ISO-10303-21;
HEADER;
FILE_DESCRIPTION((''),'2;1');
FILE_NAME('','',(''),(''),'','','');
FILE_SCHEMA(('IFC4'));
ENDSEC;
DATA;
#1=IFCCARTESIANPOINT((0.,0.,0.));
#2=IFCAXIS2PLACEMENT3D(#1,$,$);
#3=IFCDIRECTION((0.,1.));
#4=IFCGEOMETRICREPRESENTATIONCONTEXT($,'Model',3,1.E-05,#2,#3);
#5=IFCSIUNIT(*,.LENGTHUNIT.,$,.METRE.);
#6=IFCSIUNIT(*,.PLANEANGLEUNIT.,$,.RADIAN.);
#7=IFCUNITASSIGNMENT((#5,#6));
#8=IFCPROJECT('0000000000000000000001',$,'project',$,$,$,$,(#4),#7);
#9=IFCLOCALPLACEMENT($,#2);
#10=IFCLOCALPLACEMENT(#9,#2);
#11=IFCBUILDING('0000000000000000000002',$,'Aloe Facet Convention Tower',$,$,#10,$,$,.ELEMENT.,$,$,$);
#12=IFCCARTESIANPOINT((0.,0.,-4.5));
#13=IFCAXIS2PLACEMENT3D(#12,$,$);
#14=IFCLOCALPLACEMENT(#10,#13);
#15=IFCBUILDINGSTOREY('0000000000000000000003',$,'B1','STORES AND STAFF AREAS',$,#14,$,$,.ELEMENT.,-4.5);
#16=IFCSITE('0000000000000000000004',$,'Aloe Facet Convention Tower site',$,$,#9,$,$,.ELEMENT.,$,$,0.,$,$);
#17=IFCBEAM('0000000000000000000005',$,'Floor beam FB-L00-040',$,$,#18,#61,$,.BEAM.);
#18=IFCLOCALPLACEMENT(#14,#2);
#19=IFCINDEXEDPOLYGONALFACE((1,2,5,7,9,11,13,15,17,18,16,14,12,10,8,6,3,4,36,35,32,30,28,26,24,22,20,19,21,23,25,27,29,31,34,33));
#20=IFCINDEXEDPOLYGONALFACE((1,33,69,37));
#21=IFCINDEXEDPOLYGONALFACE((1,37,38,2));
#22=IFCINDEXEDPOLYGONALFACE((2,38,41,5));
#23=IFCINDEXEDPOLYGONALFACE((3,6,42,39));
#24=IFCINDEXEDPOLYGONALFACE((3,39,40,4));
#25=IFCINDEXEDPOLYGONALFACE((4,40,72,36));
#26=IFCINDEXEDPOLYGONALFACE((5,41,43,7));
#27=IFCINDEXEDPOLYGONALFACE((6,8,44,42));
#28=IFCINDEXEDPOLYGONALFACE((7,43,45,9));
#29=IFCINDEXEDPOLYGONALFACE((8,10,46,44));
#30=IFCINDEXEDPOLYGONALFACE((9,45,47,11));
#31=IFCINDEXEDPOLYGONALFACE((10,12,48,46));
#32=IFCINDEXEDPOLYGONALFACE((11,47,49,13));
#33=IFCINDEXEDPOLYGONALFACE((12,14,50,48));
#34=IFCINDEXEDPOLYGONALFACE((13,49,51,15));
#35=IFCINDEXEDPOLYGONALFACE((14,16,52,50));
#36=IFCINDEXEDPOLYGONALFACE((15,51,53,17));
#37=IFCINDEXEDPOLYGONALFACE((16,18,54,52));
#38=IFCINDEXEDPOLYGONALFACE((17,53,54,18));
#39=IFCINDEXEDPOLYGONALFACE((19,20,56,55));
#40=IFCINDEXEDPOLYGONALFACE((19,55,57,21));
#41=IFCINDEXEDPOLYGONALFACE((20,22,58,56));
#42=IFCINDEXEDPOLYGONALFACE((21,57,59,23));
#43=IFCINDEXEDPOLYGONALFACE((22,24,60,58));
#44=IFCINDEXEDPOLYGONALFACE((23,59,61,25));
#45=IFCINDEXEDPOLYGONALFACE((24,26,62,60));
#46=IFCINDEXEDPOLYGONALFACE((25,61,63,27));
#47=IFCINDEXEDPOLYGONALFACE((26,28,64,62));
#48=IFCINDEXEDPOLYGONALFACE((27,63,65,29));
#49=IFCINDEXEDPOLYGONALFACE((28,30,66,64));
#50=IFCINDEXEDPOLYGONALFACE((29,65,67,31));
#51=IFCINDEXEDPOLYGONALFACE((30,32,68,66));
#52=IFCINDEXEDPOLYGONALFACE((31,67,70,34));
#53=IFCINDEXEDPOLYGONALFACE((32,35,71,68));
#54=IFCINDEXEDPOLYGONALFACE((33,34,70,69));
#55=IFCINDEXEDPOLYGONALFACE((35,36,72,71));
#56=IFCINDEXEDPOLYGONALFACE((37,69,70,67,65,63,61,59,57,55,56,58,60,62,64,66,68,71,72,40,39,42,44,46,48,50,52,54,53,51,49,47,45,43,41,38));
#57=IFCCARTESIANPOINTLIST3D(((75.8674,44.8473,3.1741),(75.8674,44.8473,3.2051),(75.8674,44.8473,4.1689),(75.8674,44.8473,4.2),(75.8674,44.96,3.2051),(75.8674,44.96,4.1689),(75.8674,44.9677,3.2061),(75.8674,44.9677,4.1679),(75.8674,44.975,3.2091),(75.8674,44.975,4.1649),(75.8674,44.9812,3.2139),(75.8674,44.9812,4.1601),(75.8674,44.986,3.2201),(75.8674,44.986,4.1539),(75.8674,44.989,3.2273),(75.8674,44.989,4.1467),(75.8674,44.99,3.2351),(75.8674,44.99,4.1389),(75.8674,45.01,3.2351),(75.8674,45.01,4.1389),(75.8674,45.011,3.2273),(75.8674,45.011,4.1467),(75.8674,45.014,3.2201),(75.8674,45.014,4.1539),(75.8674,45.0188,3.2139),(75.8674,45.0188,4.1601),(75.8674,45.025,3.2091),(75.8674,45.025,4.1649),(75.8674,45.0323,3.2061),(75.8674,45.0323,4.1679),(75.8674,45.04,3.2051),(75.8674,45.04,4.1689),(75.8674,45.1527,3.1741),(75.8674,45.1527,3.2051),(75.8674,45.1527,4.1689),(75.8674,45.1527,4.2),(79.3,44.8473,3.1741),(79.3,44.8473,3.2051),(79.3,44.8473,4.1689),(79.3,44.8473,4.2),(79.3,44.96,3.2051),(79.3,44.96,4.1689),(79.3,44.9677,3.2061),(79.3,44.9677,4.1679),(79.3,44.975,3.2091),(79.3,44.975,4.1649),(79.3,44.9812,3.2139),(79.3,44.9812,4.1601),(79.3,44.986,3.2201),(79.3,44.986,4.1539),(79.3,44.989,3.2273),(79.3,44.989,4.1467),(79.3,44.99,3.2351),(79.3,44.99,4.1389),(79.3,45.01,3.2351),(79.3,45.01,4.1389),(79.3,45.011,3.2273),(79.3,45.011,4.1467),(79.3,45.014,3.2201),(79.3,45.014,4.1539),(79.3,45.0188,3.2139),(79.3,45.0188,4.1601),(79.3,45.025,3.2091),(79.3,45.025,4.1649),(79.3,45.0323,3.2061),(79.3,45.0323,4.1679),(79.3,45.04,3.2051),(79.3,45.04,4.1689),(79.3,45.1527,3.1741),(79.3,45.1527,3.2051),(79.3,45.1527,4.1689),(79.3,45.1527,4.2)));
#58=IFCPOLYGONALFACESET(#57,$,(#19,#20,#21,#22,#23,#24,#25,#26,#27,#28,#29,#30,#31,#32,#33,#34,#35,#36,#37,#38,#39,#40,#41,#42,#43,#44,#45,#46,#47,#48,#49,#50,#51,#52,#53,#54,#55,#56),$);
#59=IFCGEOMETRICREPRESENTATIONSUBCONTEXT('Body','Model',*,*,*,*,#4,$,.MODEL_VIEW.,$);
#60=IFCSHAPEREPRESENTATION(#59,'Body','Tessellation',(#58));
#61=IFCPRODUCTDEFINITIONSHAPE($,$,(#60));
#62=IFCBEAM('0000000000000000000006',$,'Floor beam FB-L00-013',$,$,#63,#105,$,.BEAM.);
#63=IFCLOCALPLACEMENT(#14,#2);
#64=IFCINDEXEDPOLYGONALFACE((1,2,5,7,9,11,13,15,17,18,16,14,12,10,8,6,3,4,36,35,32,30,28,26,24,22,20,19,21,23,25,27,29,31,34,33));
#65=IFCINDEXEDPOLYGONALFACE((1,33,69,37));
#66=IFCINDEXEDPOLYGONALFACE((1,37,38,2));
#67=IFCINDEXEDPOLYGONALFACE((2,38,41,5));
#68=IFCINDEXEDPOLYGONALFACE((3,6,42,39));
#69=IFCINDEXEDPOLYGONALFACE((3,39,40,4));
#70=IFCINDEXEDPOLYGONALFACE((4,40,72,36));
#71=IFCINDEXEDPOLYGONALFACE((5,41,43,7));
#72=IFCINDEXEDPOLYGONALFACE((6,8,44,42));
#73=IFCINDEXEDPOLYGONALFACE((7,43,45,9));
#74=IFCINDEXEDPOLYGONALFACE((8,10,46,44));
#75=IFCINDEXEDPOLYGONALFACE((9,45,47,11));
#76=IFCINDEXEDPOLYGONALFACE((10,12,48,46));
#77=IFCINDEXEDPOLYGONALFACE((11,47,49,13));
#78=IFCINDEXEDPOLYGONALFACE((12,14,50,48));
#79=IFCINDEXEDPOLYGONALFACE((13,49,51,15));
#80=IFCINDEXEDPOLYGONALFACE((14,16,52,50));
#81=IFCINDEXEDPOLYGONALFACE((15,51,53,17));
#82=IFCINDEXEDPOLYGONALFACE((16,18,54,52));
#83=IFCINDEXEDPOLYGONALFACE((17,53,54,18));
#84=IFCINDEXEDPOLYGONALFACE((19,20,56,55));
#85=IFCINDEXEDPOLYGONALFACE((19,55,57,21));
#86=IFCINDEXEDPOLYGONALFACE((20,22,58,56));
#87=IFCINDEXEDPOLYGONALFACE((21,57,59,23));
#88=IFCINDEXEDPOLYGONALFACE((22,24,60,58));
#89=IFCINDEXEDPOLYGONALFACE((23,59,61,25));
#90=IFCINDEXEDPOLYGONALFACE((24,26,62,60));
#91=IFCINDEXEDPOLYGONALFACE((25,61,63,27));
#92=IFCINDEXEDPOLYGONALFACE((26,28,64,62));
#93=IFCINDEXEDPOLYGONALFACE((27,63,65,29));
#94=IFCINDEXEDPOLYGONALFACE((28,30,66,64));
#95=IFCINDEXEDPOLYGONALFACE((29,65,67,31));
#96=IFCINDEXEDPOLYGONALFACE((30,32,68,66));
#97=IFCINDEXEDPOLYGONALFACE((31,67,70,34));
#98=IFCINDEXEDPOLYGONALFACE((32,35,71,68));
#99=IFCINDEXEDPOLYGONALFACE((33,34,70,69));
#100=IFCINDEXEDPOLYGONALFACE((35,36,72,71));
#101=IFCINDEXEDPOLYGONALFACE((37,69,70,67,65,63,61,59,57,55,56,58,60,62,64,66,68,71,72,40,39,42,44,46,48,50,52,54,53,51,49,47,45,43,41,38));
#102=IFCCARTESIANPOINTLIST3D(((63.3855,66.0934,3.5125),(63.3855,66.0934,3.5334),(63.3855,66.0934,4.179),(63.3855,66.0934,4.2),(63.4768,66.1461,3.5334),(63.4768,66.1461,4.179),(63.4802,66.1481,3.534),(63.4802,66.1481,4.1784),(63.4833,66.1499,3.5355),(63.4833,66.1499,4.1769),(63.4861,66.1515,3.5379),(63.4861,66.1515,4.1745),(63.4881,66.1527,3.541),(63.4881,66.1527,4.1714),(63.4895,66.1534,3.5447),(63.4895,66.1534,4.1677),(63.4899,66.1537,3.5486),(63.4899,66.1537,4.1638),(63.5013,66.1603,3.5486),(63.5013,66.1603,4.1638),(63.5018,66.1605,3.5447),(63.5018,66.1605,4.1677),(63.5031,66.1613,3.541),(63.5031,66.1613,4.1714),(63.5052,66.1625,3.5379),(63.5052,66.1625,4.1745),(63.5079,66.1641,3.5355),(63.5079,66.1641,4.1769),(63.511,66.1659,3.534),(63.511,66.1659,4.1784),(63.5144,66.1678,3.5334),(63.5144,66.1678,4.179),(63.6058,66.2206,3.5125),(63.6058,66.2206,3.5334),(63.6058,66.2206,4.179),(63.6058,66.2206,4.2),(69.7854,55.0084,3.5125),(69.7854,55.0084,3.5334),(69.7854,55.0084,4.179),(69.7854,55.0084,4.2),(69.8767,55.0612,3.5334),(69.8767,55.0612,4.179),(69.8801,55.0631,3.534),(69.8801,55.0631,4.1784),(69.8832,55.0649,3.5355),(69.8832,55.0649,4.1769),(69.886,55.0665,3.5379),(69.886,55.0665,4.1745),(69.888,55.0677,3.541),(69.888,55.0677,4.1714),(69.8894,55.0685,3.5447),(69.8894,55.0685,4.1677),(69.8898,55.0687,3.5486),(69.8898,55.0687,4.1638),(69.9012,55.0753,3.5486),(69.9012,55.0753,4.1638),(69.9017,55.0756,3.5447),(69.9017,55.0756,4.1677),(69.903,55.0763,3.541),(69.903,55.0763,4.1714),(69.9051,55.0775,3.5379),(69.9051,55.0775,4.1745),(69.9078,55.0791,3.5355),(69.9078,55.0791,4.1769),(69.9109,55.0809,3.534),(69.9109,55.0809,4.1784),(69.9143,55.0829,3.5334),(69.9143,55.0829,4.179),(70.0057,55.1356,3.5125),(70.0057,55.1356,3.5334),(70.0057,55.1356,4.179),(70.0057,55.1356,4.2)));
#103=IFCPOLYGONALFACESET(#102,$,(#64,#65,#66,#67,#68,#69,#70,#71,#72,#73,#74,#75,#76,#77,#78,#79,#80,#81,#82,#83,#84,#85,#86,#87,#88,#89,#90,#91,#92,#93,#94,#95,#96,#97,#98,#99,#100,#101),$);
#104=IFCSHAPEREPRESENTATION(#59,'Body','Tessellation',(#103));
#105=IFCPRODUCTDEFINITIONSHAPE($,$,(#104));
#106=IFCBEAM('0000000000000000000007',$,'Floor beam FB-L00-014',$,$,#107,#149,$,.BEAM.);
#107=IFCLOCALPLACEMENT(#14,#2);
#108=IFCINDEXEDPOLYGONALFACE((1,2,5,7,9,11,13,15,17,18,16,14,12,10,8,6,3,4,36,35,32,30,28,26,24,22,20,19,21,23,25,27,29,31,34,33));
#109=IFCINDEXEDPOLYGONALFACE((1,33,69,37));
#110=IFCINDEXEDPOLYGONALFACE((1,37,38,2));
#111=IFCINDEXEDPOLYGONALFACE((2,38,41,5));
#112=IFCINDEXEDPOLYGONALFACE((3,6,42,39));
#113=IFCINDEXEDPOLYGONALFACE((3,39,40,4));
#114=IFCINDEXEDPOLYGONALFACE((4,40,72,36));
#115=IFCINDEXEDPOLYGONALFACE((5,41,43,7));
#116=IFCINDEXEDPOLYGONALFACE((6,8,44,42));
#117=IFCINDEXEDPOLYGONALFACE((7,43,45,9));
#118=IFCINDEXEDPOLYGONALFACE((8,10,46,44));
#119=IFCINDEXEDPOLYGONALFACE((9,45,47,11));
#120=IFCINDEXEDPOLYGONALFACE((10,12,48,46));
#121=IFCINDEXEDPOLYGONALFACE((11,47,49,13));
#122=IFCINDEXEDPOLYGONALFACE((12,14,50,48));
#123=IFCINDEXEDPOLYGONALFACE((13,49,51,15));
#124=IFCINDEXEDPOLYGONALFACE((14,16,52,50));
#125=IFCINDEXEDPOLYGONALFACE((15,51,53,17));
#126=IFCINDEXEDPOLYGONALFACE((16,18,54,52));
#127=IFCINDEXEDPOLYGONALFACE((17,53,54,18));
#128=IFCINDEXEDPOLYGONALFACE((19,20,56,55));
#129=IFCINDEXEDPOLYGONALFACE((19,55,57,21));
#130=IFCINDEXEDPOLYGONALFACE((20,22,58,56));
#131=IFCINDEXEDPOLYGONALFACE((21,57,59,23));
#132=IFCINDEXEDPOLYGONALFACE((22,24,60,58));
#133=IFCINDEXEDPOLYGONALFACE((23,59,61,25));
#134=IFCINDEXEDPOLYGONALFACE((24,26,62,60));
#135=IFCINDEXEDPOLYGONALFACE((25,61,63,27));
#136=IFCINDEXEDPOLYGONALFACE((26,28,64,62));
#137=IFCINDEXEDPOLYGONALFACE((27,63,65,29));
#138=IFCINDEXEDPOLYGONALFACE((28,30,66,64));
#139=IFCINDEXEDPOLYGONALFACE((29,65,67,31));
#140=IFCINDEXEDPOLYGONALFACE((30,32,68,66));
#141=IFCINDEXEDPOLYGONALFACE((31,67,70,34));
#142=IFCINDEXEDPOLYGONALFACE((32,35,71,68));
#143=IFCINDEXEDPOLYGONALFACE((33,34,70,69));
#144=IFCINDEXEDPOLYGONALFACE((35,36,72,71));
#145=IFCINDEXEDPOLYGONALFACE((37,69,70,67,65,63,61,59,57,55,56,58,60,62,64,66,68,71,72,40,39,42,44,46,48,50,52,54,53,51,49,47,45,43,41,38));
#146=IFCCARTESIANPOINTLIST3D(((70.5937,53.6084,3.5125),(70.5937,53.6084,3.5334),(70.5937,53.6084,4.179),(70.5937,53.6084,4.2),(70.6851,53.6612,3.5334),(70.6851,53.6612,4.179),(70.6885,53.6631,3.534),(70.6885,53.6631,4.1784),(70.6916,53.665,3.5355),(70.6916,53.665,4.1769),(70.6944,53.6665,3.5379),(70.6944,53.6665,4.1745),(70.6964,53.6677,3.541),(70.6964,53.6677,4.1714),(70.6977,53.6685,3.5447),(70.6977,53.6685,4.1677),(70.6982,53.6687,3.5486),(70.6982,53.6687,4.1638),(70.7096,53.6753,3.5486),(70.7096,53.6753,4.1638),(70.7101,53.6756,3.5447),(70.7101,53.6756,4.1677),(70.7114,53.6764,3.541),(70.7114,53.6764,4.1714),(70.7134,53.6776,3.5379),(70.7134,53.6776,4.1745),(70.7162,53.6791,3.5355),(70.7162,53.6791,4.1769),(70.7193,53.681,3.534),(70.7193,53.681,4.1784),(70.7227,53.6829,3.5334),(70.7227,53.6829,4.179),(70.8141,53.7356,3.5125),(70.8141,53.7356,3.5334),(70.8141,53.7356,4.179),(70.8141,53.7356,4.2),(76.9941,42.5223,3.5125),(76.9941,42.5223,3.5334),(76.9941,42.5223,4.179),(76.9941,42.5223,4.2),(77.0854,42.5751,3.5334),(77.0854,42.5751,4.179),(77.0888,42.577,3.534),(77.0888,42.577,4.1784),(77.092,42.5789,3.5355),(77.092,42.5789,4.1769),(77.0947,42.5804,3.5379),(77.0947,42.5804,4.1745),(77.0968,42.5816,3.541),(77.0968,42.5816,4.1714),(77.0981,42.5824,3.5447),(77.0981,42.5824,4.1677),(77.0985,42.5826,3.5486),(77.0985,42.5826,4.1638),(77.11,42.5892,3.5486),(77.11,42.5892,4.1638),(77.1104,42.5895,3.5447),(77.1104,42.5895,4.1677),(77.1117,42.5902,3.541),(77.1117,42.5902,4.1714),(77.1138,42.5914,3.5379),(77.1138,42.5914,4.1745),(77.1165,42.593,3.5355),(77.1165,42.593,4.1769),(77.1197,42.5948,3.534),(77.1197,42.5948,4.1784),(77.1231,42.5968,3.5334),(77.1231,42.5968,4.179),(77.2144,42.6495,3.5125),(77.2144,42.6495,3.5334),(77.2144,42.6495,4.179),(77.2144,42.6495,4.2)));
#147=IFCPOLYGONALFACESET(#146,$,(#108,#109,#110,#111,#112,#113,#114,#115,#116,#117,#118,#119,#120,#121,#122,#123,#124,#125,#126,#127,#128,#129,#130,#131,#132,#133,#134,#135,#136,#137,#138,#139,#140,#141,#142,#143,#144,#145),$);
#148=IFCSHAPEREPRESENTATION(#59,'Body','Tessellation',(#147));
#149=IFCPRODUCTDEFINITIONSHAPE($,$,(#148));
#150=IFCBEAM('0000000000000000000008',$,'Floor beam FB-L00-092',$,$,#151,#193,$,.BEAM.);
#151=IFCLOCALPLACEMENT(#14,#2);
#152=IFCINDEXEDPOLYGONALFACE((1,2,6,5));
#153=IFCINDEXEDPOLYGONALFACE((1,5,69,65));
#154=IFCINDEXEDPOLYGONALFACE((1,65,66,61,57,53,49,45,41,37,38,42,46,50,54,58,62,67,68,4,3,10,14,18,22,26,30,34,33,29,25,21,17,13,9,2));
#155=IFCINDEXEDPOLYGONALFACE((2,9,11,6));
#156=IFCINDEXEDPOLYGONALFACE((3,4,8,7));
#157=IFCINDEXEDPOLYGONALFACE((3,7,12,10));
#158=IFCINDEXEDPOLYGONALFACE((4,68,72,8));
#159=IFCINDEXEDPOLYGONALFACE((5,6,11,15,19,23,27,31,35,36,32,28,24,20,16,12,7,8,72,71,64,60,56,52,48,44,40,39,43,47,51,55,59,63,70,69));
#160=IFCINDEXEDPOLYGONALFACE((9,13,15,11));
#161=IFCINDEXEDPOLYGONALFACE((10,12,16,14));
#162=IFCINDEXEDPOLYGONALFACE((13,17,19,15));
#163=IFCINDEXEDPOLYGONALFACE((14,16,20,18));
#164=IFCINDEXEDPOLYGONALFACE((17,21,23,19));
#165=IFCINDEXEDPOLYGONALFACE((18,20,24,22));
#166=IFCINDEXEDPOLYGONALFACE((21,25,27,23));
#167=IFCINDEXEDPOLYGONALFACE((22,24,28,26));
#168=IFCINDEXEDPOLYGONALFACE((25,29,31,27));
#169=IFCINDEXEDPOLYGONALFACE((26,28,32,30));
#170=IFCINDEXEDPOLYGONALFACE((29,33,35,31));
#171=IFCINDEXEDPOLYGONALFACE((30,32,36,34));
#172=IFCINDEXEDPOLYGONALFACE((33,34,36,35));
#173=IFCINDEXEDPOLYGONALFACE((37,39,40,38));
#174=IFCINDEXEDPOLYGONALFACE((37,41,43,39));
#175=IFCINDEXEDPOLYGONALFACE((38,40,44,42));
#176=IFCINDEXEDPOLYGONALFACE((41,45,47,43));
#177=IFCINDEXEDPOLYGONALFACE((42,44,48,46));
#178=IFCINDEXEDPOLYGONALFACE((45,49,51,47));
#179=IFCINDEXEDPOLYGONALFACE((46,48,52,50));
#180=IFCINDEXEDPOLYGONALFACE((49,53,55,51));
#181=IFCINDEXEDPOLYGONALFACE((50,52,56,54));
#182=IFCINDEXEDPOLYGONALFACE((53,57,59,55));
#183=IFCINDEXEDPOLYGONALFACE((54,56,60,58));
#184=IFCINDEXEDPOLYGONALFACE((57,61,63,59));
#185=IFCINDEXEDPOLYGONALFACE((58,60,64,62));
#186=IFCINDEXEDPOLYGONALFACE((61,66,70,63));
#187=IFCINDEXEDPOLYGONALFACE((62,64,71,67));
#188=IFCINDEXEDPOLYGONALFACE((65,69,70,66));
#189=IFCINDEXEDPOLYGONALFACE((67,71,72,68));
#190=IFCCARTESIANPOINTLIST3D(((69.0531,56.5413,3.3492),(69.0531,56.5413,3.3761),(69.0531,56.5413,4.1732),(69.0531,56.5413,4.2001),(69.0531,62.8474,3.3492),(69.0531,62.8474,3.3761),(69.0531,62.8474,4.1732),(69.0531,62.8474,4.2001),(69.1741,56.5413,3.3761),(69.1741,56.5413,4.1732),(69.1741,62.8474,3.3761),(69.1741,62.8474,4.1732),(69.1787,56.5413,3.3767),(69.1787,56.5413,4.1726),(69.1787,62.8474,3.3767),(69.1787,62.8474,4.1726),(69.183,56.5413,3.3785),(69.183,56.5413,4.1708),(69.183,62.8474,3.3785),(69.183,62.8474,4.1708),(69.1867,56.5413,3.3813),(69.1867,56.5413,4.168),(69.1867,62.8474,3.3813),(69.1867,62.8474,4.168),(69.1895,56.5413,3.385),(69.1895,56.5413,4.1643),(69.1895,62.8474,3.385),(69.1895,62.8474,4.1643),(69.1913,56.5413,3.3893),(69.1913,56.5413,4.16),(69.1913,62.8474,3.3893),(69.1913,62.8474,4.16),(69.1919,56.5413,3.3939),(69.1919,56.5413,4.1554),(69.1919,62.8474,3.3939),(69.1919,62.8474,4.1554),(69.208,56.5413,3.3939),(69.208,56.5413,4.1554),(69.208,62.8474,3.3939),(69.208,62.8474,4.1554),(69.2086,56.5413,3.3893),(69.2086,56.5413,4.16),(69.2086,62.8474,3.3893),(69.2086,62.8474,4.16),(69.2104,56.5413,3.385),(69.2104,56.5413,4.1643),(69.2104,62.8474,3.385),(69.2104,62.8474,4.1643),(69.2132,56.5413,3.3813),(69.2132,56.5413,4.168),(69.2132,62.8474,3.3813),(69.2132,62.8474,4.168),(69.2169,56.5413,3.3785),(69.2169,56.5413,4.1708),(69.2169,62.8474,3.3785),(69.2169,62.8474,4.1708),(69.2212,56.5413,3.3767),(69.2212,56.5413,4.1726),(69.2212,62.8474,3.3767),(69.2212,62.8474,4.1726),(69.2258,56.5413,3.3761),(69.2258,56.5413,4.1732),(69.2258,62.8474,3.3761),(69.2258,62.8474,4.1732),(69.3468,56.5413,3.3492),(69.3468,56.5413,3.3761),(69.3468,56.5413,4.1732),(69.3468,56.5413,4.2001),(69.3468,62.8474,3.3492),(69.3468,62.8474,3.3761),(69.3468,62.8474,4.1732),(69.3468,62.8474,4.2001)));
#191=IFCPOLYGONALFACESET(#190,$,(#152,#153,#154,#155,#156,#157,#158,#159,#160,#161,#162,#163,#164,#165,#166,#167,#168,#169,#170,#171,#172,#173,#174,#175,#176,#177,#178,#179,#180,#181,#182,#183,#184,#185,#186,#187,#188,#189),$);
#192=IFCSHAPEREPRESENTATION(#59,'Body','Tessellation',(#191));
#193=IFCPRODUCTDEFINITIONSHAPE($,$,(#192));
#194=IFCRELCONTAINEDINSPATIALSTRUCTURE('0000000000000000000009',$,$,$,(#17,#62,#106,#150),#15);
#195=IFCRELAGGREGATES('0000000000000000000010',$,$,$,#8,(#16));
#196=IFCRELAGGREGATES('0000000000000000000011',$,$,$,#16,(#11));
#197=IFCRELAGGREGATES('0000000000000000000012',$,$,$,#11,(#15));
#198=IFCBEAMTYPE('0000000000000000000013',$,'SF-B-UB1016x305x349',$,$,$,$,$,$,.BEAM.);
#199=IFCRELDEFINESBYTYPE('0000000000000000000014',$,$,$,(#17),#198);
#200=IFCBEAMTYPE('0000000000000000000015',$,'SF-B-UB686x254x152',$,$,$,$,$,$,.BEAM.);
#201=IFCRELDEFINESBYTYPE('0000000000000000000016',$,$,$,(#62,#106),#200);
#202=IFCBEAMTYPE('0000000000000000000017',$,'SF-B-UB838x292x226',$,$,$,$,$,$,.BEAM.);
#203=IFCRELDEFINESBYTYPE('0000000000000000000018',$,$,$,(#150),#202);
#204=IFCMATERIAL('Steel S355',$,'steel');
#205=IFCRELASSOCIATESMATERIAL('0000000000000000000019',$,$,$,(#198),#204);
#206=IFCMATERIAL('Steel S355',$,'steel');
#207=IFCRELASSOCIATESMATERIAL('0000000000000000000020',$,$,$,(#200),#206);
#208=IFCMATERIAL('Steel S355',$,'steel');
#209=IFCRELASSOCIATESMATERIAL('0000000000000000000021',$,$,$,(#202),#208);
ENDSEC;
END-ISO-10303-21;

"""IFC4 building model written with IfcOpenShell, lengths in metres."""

from ifc_helpers import new_model, si_unit, direction, frame, origin, origin_2d, place, context, subcontext, project, spatial, i_section, extrude, material, material_profile, profile_set, type_object, element, save


model = new_model("IFC4")

# Units and contexts
model_context = context("Model", 3, precision=1e-05, world=origin(), true_north=direction((0.0, 1.0)))
body_context = subcontext(model_context, "Body", "Model", "MODEL_VIEW")
ifc_project = project(units=[si_unit("LENGTHUNIT", "METRE"), si_unit("PLANEANGLEUNIT", "RADIAN")], contexts=[model_context])

# Site, building, storey
site_placement = place(None, origin())
site = spatial("IfcSite", under=ifc_project, at=site_placement, Name="Aloe Facet Convention Tower site", CompositionType="ELEMENT", RefElevation=0.0)
building_placement = place(site_placement, origin())
building = spatial("IfcBuilding", under=site, at=building_placement, Name="Aloe Facet Convention Tower", CompositionType="ELEMENT")
storey_placement = place(building_placement, frame((0.0, 0.0, -4.5)))
storey = spatial("IfcBuildingStorey", under=building, at=storey_placement, Name="B1", Description="STORES AND STAFF AREAS", CompositionType="ELEMENT", Elevation=-4.5)

# Beams
ifc_material_1 = material(Name="Steel S355", Category="steel")
ifc_material_profile_1 = material_profile(ifc_material_1, i_section(OverallWidth=0.3054, OverallDepth=1.0259, WebThickness=0.02, FlangeThickness=0.031, FilletRadius=0.03, at=origin_2d()), Name="UB 1016x305x349")
ifc_profile_set_1 = profile_set([ifc_material_profile_1], Name="Steel S355")
beam_type_1 = type_object("IfcBeamType", Name="SF-B-UB1016x305x349", PredefinedType="BEAM", material=ifc_profile_set_1)
beam_1_placement = place(storey_placement, frame((75.8674, 45.0, 3.687), z_axis=(1.0, 0.0, 0.0), x_axis=(0.0, 1.0, 0.0)))
element("IfcBeam", 1, at=beam_1_placement, inside=storey, type_object=beam_type_1, Name="Floor beam FB-L00-040", PredefinedType="BEAM", context=body_context, shape_type="SweptSolid", body=[
    extrude(i_section(OverallWidth=0.3054, OverallDepth=1.0259, WebThickness=0.02, FlangeThickness=0.031, FilletRadius=0.03, at=origin_2d()), origin(), (0.0, 0.0, 1.0), 3.4326),
])
ifc_material_2 = material(Name="Steel S355", Category="steel")
ifc_material_profile_2 = material_profile(ifc_material_2, i_section(OverallWidth=0.2544, OverallDepth=0.6875, WebThickness=0.0132, FlangeThickness=0.021, FilletRadius=0.0151, at=origin_2d()), Name="UB 686x254x152")
ifc_profile_set_2 = profile_set([ifc_material_profile_2], Name="Steel S355")
beam_type_2 = type_object("IfcBeamType", Name="SF-B-UB686x254x152", PredefinedType="BEAM", material=ifc_profile_set_2)
beam_2_placement = place(storey_placement, frame((69.8955, 55.072, 3.8562), z_axis=(-0.5, 0.866025, 0.0), x_axis=(-0.866025, -0.5, 0.0)))
element("IfcBeam", 2, at=beam_2_placement, inside=storey, type_object=beam_type_2, Name="Floor beam FB-L00-013", PredefinedType="BEAM", context=body_context, shape_type="SweptSolid", body=[
    extrude(i_section(OverallWidth=0.2544, OverallDepth=0.6875, WebThickness=0.0132, FlangeThickness=0.021, FilletRadius=0.0151, at=origin_2d()), origin(), (0.0, 0.0, 1.0), 12.7998),
])
beam_3_placement = place(storey_placement, frame((77.1042, 42.5859, 3.8562), z_axis=(-0.499987, 0.866033, 0.0), x_axis=(-0.866033, -0.499987, 0.0)))
element("IfcBeam", 3, at=beam_3_placement, inside=storey, type_object=beam_type_2, Name="Floor beam FB-L00-014", PredefinedType="BEAM", context=body_context, shape_type="SweptSolid", body=[
    extrude(i_section(OverallWidth=0.2544, OverallDepth=0.6875, WebThickness=0.0132, FlangeThickness=0.021, FilletRadius=0.0151, at=origin_2d()), origin(), (0.0, 0.0, 1.0), 12.801),
])
ifc_material_3 = material(Name="Steel S355", Category="steel")
ifc_material_profile_3 = material_profile(ifc_material_3, i_section(OverallWidth=0.2937, OverallDepth=0.8508, WebThickness=0.0161, FlangeThickness=0.0269, FilletRadius=0.0178, at=origin_2d()), Name="UB 838x292x226")
ifc_profile_set_3 = profile_set([ifc_material_profile_3], Name="Steel S355")
beam_type_3 = type_object("IfcBeamType", Name="SF-B-UB838x292x226", PredefinedType="BEAM", material=ifc_profile_set_3)
beam_4_placement = place(storey_placement, frame((69.2, 56.5413, 3.7747), z_axis=(0.0, 1.0, 0.0), x_axis=(-1.0, 0.0, 0.0)))
element("IfcBeam", 4, at=beam_4_placement, inside=storey, type_object=beam_type_3, Name="Floor beam FB-L00-092", PredefinedType="BEAM", context=body_context, shape_type="SweptSolid", body=[
    extrude(i_section(OverallWidth=0.2937, OverallDepth=0.8508, WebThickness=0.0161, FlangeThickness=0.0269, FilletRadius=0.0178, at=origin_2d()), origin(), (0.0, 0.0, 1.0), 6.3062),
])

save(model, "model.ifc")
